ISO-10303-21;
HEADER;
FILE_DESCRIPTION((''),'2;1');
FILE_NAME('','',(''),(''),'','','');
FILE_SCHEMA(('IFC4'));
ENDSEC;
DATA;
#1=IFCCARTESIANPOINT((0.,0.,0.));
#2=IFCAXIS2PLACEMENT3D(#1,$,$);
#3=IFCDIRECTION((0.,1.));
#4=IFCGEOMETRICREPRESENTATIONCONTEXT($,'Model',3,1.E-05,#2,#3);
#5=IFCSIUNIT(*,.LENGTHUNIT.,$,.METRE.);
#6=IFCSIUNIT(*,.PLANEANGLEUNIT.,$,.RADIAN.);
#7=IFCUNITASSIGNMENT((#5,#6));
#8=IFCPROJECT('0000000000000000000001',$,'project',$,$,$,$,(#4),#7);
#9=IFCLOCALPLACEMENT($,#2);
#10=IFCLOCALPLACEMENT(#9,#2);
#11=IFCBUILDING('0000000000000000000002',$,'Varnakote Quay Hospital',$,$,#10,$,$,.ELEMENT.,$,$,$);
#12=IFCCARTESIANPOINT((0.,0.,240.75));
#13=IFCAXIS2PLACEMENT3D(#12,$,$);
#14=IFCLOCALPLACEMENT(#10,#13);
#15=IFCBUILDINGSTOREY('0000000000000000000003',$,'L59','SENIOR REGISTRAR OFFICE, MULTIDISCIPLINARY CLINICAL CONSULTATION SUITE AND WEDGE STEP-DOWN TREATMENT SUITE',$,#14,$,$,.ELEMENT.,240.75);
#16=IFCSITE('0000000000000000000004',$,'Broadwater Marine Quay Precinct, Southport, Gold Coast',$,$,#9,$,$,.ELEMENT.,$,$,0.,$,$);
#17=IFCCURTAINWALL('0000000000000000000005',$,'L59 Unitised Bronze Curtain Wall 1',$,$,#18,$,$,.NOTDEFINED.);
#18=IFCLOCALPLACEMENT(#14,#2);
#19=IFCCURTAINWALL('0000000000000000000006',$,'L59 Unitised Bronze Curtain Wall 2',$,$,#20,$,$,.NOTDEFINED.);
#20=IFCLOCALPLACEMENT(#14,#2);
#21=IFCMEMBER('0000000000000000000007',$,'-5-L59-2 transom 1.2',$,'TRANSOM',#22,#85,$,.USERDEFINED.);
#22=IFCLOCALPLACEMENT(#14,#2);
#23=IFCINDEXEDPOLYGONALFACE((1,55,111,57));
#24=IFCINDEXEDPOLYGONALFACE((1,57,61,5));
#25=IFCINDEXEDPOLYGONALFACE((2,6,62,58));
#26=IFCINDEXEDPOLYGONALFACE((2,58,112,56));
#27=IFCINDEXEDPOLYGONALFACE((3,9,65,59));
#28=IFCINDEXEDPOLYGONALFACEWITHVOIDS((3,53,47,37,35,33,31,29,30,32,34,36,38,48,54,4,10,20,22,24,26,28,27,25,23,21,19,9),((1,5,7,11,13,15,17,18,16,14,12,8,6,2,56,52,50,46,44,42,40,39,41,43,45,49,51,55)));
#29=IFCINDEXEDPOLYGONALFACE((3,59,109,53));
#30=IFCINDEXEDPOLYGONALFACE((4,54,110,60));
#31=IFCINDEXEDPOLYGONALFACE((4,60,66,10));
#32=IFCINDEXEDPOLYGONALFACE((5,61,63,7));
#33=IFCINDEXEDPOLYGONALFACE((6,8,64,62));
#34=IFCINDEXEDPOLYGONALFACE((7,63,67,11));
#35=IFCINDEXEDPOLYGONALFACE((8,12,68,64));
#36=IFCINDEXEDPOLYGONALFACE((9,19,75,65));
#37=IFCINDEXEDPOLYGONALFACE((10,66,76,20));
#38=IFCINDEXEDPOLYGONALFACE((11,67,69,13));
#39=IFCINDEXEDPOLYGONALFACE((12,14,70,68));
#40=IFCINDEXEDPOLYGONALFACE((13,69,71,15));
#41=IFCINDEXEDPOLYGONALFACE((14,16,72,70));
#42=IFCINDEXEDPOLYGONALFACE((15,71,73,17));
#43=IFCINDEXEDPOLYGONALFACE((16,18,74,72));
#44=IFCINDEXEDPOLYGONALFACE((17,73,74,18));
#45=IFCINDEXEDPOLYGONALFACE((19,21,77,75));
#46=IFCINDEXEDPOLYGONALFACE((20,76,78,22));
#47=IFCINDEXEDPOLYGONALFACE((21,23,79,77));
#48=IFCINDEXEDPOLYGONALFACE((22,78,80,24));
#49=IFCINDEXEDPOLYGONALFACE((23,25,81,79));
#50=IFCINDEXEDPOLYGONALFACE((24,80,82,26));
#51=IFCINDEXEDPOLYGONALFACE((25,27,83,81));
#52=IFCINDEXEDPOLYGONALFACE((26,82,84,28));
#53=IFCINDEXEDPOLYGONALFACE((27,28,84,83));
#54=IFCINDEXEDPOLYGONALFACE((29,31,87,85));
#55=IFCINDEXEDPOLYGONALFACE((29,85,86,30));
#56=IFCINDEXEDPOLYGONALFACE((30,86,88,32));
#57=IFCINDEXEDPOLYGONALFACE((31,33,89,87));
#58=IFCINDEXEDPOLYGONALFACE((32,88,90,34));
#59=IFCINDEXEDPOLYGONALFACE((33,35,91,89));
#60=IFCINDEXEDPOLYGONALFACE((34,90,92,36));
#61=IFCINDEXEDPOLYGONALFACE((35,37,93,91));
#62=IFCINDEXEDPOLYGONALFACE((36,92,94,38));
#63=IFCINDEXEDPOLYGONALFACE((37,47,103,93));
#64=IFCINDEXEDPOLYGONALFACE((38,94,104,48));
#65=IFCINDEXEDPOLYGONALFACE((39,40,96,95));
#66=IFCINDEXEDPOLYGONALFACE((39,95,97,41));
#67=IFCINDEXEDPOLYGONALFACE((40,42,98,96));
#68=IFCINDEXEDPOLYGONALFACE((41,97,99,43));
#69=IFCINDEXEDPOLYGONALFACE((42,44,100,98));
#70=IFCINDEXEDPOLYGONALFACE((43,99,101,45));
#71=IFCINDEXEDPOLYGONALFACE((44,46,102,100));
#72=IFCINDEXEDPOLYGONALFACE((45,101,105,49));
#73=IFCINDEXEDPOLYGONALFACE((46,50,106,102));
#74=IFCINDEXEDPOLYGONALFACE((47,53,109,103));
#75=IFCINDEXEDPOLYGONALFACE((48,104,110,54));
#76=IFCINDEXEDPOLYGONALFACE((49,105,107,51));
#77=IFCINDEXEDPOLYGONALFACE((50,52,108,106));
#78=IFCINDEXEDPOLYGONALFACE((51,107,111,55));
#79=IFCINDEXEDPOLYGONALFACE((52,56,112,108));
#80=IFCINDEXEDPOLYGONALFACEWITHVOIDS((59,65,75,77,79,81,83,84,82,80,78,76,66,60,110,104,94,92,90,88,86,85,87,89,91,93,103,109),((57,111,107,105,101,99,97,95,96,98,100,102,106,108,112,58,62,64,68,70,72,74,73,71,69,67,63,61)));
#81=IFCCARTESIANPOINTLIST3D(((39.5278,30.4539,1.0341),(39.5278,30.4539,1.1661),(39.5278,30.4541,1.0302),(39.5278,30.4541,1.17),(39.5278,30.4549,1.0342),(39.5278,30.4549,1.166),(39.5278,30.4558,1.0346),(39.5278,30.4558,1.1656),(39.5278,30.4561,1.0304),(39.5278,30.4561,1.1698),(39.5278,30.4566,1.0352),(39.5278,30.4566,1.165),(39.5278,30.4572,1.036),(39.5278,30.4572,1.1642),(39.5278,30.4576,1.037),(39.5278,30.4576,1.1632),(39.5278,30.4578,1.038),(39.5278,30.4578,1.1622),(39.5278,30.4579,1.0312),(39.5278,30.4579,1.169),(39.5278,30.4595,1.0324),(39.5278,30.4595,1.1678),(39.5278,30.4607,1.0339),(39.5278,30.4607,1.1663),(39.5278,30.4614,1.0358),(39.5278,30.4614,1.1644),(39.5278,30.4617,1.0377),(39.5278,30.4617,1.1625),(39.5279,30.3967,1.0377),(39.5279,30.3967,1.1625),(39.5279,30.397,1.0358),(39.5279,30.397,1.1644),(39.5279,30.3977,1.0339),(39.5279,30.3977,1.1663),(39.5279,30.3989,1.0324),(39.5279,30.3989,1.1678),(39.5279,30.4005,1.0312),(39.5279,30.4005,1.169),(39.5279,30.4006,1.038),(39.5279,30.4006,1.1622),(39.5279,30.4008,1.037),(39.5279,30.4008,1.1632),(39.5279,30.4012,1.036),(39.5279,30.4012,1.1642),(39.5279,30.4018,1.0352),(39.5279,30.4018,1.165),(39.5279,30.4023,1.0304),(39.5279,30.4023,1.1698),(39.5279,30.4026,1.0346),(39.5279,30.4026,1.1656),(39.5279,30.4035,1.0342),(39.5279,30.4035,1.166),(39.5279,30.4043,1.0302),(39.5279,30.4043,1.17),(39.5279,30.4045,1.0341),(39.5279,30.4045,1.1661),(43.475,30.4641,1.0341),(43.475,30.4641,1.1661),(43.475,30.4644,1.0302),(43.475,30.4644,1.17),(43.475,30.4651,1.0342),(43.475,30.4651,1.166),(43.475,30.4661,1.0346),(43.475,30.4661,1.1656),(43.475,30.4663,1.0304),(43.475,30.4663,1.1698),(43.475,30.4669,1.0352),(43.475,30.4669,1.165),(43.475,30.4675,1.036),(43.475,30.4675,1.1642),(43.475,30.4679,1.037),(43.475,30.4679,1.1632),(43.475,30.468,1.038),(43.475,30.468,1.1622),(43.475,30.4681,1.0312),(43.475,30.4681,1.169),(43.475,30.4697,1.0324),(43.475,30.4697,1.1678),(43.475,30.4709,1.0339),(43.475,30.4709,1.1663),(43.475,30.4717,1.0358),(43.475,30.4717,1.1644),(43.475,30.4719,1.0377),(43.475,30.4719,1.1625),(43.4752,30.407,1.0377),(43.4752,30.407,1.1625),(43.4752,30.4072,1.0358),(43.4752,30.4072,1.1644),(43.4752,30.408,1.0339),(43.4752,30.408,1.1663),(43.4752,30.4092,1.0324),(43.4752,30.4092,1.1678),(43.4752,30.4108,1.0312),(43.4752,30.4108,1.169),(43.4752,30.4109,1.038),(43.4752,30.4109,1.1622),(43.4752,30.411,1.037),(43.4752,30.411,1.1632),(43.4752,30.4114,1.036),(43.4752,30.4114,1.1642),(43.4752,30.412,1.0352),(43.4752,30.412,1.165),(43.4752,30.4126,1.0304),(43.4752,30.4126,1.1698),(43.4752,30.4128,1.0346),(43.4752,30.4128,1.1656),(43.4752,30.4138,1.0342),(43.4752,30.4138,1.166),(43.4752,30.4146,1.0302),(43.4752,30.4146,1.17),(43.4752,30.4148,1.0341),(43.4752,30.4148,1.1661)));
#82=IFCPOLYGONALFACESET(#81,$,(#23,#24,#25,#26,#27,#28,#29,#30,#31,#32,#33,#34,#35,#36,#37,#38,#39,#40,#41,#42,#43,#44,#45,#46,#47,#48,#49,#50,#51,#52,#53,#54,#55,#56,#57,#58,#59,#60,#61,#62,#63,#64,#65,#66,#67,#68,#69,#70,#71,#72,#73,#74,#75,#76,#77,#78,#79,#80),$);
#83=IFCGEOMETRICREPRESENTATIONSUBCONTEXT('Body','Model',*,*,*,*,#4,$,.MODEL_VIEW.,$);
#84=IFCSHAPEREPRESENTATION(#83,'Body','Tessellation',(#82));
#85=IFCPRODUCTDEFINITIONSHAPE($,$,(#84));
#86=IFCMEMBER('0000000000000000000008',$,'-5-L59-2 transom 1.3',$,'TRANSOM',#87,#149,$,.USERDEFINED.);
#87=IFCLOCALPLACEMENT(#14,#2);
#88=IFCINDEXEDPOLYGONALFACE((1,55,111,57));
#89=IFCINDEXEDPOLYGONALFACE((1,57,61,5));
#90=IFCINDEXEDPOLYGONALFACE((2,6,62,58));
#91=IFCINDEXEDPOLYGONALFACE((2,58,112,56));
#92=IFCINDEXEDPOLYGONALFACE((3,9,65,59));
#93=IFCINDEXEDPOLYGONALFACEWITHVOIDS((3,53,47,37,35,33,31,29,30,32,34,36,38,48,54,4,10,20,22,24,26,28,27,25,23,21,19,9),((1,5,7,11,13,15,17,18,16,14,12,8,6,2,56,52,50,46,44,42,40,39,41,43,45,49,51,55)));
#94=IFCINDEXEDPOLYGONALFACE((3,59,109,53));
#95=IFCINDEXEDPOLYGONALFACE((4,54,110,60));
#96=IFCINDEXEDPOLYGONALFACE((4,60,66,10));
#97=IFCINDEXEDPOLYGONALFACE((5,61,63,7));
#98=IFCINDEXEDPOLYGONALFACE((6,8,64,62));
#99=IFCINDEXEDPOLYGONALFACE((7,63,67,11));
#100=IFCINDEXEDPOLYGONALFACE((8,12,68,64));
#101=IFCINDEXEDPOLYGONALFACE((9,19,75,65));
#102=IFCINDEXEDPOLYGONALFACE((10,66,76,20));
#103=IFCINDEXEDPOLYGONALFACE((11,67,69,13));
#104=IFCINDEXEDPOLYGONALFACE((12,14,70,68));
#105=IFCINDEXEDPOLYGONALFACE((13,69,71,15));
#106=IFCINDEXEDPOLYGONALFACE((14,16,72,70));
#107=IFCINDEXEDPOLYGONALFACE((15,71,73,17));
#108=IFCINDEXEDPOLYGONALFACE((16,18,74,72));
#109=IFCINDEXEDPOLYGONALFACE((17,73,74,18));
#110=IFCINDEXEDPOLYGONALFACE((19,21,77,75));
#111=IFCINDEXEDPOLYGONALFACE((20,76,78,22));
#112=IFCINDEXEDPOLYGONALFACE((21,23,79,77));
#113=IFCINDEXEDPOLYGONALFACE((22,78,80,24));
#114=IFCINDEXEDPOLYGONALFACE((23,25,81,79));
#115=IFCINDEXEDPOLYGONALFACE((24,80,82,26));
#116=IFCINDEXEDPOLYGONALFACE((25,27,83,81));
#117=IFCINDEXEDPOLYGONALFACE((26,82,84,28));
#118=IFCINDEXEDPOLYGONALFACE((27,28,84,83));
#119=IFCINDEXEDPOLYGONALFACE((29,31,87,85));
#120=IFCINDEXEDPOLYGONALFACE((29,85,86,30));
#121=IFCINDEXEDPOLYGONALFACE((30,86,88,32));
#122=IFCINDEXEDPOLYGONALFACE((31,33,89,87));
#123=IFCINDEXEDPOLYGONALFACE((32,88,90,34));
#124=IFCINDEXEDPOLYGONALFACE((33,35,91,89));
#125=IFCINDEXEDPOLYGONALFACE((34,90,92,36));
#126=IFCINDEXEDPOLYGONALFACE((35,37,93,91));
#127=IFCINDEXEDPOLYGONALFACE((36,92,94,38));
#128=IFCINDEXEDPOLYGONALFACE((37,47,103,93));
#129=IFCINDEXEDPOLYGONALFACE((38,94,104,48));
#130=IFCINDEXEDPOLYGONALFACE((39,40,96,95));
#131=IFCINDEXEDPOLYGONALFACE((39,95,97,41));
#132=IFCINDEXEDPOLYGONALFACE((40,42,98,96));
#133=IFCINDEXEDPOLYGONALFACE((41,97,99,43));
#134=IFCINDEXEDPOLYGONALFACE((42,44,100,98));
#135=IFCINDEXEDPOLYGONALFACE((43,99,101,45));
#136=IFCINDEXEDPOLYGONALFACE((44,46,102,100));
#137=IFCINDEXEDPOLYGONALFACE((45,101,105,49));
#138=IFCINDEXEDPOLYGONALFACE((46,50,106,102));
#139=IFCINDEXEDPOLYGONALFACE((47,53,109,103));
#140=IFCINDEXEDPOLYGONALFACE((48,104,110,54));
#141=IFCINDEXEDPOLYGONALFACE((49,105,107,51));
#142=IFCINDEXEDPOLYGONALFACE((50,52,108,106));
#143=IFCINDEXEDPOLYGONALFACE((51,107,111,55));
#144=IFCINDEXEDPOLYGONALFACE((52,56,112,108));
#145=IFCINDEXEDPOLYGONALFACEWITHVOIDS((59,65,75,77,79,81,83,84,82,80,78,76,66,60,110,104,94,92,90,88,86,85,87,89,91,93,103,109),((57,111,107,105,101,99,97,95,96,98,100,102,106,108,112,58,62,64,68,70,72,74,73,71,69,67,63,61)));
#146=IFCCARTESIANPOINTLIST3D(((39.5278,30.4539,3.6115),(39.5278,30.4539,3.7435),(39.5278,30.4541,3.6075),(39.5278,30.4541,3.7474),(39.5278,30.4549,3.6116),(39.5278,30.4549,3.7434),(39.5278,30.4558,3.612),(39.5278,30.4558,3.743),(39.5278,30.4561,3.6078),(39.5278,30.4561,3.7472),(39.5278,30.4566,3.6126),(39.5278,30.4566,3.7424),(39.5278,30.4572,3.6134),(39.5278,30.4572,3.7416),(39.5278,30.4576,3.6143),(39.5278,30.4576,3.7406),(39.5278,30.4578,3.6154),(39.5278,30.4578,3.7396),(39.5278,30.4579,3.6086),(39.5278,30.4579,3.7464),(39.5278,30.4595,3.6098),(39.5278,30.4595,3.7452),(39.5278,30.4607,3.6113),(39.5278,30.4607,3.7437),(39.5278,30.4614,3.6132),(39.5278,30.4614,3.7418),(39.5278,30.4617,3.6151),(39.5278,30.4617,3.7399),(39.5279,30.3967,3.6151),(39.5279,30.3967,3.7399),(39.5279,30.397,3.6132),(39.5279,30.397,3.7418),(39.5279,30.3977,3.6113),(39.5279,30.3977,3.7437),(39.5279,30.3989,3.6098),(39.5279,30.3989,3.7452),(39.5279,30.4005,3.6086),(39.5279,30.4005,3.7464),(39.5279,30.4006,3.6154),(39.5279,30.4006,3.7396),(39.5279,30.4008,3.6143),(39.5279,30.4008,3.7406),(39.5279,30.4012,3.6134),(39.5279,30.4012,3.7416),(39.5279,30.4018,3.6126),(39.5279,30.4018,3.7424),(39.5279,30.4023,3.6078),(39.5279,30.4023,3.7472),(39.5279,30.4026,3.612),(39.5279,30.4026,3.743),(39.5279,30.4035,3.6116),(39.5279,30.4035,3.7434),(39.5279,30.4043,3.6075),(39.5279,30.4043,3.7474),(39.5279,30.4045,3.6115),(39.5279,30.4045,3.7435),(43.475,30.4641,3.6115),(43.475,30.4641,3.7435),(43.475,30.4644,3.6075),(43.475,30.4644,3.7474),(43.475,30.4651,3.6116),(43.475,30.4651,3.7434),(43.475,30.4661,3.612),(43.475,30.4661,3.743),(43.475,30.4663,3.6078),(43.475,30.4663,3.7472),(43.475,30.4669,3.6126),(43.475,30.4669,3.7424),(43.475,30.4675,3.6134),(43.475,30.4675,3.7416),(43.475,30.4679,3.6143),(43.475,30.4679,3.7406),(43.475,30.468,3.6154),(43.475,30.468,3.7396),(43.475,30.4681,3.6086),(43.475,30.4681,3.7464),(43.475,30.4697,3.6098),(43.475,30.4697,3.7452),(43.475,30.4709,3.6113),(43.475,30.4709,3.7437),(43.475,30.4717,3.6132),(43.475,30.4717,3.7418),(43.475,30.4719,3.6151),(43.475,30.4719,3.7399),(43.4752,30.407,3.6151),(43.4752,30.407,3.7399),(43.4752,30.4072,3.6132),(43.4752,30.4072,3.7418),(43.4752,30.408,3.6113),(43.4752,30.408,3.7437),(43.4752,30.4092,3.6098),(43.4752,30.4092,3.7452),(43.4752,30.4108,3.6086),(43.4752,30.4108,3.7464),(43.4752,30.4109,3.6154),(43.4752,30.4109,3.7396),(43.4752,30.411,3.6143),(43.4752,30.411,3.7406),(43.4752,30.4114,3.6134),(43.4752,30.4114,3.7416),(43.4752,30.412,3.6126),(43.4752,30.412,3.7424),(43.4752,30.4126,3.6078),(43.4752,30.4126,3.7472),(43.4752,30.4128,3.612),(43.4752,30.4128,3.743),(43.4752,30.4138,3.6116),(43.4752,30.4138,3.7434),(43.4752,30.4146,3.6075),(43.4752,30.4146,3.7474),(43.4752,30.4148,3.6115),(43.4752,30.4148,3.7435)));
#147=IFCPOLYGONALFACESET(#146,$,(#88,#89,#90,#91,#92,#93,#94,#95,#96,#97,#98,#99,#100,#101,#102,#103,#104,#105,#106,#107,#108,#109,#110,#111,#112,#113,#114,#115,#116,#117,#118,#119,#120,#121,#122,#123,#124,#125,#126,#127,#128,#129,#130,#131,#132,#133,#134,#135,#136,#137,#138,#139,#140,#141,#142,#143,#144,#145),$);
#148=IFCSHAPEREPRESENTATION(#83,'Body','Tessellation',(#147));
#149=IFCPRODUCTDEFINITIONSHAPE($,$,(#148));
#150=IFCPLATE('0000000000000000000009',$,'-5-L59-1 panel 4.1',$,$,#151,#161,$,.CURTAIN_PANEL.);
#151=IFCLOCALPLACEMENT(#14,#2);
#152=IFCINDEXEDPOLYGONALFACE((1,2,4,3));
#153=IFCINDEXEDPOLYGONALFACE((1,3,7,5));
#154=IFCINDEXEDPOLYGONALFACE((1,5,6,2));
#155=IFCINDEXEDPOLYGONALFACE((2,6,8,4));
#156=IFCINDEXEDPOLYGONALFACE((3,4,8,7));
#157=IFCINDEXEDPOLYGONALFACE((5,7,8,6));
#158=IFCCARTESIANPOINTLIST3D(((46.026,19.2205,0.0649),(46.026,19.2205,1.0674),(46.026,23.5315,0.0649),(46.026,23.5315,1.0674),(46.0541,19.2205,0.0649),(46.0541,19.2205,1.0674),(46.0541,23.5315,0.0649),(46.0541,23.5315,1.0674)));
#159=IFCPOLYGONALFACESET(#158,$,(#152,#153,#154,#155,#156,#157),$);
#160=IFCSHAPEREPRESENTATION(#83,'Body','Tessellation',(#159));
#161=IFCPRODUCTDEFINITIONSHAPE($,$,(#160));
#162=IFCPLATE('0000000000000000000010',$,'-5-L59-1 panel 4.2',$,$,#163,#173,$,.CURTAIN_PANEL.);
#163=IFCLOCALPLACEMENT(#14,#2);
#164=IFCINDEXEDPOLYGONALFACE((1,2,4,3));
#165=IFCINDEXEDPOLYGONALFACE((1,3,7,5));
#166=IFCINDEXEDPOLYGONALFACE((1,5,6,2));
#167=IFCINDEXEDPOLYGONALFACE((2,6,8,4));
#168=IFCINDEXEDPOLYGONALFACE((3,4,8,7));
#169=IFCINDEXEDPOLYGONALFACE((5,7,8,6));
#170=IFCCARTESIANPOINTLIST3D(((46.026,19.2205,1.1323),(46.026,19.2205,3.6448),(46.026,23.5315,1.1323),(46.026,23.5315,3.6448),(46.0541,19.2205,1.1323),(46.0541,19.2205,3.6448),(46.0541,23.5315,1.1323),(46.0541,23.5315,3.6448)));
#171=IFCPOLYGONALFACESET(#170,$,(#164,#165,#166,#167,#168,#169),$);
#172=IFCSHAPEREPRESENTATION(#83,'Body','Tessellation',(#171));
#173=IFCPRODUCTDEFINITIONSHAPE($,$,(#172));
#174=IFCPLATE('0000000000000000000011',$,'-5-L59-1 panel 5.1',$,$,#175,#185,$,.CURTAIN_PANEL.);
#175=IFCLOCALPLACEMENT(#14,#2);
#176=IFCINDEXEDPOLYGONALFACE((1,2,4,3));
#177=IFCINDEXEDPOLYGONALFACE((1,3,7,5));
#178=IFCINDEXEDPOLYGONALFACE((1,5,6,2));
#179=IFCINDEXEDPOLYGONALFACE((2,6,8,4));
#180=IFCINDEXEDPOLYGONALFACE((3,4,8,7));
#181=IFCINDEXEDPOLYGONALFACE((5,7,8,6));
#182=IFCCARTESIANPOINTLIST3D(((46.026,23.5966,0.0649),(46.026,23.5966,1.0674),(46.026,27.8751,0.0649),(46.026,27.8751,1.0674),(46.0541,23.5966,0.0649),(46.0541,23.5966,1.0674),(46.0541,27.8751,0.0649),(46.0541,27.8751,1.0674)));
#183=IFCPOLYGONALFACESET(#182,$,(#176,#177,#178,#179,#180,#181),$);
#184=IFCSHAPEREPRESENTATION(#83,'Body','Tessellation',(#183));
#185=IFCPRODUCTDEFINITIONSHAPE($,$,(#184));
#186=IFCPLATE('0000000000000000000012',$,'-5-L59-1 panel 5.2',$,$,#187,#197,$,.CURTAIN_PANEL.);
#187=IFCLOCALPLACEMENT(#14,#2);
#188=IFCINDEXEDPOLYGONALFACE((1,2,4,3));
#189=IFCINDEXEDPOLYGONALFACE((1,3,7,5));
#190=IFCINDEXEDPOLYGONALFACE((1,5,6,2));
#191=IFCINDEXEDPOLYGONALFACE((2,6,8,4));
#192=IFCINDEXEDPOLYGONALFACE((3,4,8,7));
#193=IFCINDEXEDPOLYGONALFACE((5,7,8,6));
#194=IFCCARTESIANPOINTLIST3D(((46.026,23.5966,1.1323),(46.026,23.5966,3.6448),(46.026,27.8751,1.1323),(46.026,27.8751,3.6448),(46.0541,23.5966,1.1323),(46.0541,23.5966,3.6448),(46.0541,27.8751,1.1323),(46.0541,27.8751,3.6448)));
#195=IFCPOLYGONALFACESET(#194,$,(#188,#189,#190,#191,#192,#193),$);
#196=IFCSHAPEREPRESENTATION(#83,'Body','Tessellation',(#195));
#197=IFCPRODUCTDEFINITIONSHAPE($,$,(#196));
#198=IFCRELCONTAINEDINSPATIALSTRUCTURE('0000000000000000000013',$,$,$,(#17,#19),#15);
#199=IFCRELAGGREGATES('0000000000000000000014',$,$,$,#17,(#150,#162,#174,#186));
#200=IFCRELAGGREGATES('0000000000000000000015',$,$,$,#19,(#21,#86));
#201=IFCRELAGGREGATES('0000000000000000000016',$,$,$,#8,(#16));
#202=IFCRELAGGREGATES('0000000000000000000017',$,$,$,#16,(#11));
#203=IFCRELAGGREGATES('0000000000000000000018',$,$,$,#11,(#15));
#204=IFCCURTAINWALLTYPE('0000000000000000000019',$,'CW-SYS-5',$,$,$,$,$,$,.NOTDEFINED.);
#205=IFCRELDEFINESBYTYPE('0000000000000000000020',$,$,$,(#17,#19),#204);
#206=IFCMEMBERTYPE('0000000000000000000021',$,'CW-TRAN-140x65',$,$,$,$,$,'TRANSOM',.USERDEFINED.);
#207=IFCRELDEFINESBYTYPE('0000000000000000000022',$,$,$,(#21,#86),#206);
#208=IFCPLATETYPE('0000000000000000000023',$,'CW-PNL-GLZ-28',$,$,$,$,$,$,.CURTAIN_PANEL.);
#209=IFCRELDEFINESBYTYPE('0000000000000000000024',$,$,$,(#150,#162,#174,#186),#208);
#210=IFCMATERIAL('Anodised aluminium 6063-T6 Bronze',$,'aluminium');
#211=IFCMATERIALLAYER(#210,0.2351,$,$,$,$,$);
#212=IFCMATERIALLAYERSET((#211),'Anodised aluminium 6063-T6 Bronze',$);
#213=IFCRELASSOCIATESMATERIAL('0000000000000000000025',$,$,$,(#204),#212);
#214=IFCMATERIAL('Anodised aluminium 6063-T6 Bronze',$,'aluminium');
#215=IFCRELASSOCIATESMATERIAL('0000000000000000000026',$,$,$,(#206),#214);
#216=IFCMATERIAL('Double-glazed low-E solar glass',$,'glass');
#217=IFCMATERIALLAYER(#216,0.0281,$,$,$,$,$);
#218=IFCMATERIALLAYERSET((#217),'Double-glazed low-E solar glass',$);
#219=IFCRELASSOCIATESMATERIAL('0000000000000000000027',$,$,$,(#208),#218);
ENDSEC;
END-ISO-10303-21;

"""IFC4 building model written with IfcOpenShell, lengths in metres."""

from ifc_helpers import new_model, si_unit, direction, frame, origin, origin_2d, place, context, subcontext, project, spatial, rectangle, hollow_rectangle, extrude, material, layer, layer_set, material_profile, profile_set, type_object, element, aggregate, save


model = new_model("IFC4")

# Units and contexts
model_context = context("Model", 3, precision=1e-05, world=origin(), true_north=direction((0.0, 1.0)))
body_context = subcontext(model_context, "Body", "Model", "MODEL_VIEW")
ifc_project = project(units=[si_unit("LENGTHUNIT", "METRE"), si_unit("PLANEANGLEUNIT", "RADIAN")], contexts=[model_context])

# Site, building, storey
site_placement = place(None, origin())
site = spatial("IfcSite", under=ifc_project, at=site_placement, Name="Broadwater Marine Quay Precinct, Southport, Gold Coast", CompositionType="ELEMENT", RefElevation=0.0)
building_placement = place(site_placement, origin())
building = spatial("IfcBuilding", under=site, at=building_placement, Name="Varnakote Quay Hospital", CompositionType="ELEMENT")
storey_placement = place(building_placement, frame((0.0, 0.0, 240.75)))
storey = spatial("IfcBuildingStorey", under=building, at=storey_placement, Name="L59", Description="SENIOR REGISTRAR OFFICE, MULTIDISCIPLINARY CLINICAL CONSULTATION SUITE AND WEDGE STEP-DOWN TREATMENT SUITE", CompositionType="ELEMENT", Elevation=240.75)

# Curtain walls
ifc_material_1 = material(Name="Anodised aluminium 6063-T6 Bronze", Category="aluminium")
ifc_layer_1 = layer(ifc_material_1, 0.2351)
ifc_layer_set_1 = layer_set([ifc_layer_1], Name="Anodised aluminium 6063-T6 Bronze")
curtain_wall_type = type_object("IfcCurtainWallType", Name="CW-SYS-5", PredefinedType="NOTDEFINED", material=ifc_layer_set_1)
curtain_wall_1_placement = place(storey_placement, origin())
curtain_wall_1 = element("IfcCurtainWall", 1, at=curtain_wall_1_placement, inside=storey, type_object=curtain_wall_type, Name="L59 Unitised Bronze Curtain Wall 1", PredefinedType="NOTDEFINED")
curtain_wall_2_placement = place(storey_placement, origin())
curtain_wall_2 = element("IfcCurtainWall", 2, at=curtain_wall_2_placement, inside=storey, type_object=curtain_wall_type, Name="L59 Unitised Bronze Curtain Wall 2", PredefinedType="NOTDEFINED")

# Members
ifc_material_2 = material(Name="Anodised aluminium 6063-T6 Bronze", Category="aluminium")
ifc_material_profile_1 = material_profile(ifc_material_2, hollow_rectangle(XDim=0.0649, YDim=0.1399, WallThickness=0.0039, InnerFilletRadius=0.0039, OuterFilletRadius=0.0076, at=origin_2d()), Name="CW-TRAN-140x65")
ifc_profile_set_1 = profile_set([ifc_material_profile_1], Name="Anodised aluminium 6063-T6 Bronze")
member_type_1 = type_object("IfcMemberType", Name="CW-TRAN-140x65", ElementType="TRANSOM", PredefinedType="USERDEFINED", material=ifc_profile_set_1)
member_1_placement = place(storey_placement, frame((43.4751, 30.4395, 1.1001), z_axis=(-0.999997, -0.002598, 0.0), x_axis=(0.002598, -0.999997, 0.0)))
member_1 = element("IfcMember", 3, at=member_1_placement, type_object=member_type_1, Name="-5-L59-2 transom 1.2", ObjectType="TRANSOM", PredefinedType="USERDEFINED", context=body_context, shape_type="SweptSolid", body=[
    extrude(hollow_rectangle(XDim=0.0649, YDim=0.1399, WallThickness=0.0039, InnerFilletRadius=0.0039, OuterFilletRadius=0.0076, at=origin_2d()), origin(), (0.0, 0.0, 1.0), 3.9473),
])
member_2_placement = place(storey_placement, frame((43.4751, 30.4395, 3.6775), z_axis=(-0.999997, -0.002598, 0.0), x_axis=(0.002598, -0.999997, 0.0)))
member_2 = element("IfcMember", 4, at=member_2_placement, type_object=member_type_1, Name="-5-L59-2 transom 1.3", ObjectType="TRANSOM", PredefinedType="USERDEFINED", context=body_context, shape_type="SweptSolid", body=[
    extrude(hollow_rectangle(XDim=0.0649, YDim=0.1399, WallThickness=0.0039, InnerFilletRadius=0.0039, OuterFilletRadius=0.0076, at=origin_2d()), origin(), (0.0, 0.0, 1.0), 3.9473),
])

# Plates
ifc_material_3 = material(Name="Double-glazed low-E solar glass", Category="glass")
ifc_layer_2 = layer(ifc_material_3, 0.0281)
ifc_layer_set_2 = layer_set([ifc_layer_2], Name="Double-glazed low-E solar glass")
plate_type_1 = type_object("IfcPlateType", Name="CW-PNL-GLZ-28", PredefinedType="CURTAIN_PANEL", material=ifc_layer_set_2)
plate_1_placement = place(storey_placement, frame((46.04, 21.376, 0.0649), z_axis=(0.0, 0.0, 1.0), x_axis=(0.0, 1.0, 0.0)))
plate_1 = element("IfcPlate", 5, at=plate_1_placement, type_object=plate_type_1, Name="-5-L59-1 panel 4.1", PredefinedType="CURTAIN_PANEL", context=body_context, shape_type="SweptSolid", body=[
    extrude(rectangle(XDim=4.311, YDim=0.0281, at=origin_2d()), origin(), (0.0, 0.0, 1.0), 1.0024),
])
plate_2_placement = place(storey_placement, frame((46.04, 21.376, 1.1323), z_axis=(0.0, 0.0, 1.0), x_axis=(0.0, 1.0, 0.0)))
plate_2 = element("IfcPlate", 6, at=plate_2_placement, type_object=plate_type_1, Name="-5-L59-1 panel 4.2", PredefinedType="CURTAIN_PANEL", context=body_context, shape_type="SweptSolid", body=[
    extrude(rectangle(XDim=4.311, YDim=0.0281, at=origin_2d()), origin(), (0.0, 0.0, 1.0), 2.5125),
])
plate_3_placement = place(storey_placement, frame((46.04, 25.7358, 0.0649), z_axis=(0.0, 0.0, 1.0), x_axis=(0.0, 1.0, 0.0)))
plate_3 = element("IfcPlate", 7, at=plate_3_placement, type_object=plate_type_1, Name="-5-L59-1 panel 5.1", PredefinedType="CURTAIN_PANEL", context=body_context, shape_type="SweptSolid", body=[
    extrude(rectangle(XDim=4.2786, YDim=0.0281, at=origin_2d()), origin(), (0.0, 0.0, 1.0), 1.0024),
])
plate_4_placement = place(storey_placement, frame((46.04, 25.7358, 1.1323), z_axis=(0.0, 0.0, 1.0), x_axis=(0.0, 1.0, 0.0)))
plate_4 = element("IfcPlate", 8, at=plate_4_placement, type_object=plate_type_1, Name="-5-L59-1 panel 5.2", PredefinedType="CURTAIN_PANEL", context=body_context, shape_type="SweptSolid", body=[
    extrude(rectangle(XDim=4.2786, YDim=0.0281, at=origin_2d()), origin(), (0.0, 0.0, 1.0), 2.5125),
])
aggregate(curtain_wall_1, [plate_1, plate_2, plate_3, plate_4])
aggregate(curtain_wall_2, [member_1, member_2])

save(model, "model.ifc")
